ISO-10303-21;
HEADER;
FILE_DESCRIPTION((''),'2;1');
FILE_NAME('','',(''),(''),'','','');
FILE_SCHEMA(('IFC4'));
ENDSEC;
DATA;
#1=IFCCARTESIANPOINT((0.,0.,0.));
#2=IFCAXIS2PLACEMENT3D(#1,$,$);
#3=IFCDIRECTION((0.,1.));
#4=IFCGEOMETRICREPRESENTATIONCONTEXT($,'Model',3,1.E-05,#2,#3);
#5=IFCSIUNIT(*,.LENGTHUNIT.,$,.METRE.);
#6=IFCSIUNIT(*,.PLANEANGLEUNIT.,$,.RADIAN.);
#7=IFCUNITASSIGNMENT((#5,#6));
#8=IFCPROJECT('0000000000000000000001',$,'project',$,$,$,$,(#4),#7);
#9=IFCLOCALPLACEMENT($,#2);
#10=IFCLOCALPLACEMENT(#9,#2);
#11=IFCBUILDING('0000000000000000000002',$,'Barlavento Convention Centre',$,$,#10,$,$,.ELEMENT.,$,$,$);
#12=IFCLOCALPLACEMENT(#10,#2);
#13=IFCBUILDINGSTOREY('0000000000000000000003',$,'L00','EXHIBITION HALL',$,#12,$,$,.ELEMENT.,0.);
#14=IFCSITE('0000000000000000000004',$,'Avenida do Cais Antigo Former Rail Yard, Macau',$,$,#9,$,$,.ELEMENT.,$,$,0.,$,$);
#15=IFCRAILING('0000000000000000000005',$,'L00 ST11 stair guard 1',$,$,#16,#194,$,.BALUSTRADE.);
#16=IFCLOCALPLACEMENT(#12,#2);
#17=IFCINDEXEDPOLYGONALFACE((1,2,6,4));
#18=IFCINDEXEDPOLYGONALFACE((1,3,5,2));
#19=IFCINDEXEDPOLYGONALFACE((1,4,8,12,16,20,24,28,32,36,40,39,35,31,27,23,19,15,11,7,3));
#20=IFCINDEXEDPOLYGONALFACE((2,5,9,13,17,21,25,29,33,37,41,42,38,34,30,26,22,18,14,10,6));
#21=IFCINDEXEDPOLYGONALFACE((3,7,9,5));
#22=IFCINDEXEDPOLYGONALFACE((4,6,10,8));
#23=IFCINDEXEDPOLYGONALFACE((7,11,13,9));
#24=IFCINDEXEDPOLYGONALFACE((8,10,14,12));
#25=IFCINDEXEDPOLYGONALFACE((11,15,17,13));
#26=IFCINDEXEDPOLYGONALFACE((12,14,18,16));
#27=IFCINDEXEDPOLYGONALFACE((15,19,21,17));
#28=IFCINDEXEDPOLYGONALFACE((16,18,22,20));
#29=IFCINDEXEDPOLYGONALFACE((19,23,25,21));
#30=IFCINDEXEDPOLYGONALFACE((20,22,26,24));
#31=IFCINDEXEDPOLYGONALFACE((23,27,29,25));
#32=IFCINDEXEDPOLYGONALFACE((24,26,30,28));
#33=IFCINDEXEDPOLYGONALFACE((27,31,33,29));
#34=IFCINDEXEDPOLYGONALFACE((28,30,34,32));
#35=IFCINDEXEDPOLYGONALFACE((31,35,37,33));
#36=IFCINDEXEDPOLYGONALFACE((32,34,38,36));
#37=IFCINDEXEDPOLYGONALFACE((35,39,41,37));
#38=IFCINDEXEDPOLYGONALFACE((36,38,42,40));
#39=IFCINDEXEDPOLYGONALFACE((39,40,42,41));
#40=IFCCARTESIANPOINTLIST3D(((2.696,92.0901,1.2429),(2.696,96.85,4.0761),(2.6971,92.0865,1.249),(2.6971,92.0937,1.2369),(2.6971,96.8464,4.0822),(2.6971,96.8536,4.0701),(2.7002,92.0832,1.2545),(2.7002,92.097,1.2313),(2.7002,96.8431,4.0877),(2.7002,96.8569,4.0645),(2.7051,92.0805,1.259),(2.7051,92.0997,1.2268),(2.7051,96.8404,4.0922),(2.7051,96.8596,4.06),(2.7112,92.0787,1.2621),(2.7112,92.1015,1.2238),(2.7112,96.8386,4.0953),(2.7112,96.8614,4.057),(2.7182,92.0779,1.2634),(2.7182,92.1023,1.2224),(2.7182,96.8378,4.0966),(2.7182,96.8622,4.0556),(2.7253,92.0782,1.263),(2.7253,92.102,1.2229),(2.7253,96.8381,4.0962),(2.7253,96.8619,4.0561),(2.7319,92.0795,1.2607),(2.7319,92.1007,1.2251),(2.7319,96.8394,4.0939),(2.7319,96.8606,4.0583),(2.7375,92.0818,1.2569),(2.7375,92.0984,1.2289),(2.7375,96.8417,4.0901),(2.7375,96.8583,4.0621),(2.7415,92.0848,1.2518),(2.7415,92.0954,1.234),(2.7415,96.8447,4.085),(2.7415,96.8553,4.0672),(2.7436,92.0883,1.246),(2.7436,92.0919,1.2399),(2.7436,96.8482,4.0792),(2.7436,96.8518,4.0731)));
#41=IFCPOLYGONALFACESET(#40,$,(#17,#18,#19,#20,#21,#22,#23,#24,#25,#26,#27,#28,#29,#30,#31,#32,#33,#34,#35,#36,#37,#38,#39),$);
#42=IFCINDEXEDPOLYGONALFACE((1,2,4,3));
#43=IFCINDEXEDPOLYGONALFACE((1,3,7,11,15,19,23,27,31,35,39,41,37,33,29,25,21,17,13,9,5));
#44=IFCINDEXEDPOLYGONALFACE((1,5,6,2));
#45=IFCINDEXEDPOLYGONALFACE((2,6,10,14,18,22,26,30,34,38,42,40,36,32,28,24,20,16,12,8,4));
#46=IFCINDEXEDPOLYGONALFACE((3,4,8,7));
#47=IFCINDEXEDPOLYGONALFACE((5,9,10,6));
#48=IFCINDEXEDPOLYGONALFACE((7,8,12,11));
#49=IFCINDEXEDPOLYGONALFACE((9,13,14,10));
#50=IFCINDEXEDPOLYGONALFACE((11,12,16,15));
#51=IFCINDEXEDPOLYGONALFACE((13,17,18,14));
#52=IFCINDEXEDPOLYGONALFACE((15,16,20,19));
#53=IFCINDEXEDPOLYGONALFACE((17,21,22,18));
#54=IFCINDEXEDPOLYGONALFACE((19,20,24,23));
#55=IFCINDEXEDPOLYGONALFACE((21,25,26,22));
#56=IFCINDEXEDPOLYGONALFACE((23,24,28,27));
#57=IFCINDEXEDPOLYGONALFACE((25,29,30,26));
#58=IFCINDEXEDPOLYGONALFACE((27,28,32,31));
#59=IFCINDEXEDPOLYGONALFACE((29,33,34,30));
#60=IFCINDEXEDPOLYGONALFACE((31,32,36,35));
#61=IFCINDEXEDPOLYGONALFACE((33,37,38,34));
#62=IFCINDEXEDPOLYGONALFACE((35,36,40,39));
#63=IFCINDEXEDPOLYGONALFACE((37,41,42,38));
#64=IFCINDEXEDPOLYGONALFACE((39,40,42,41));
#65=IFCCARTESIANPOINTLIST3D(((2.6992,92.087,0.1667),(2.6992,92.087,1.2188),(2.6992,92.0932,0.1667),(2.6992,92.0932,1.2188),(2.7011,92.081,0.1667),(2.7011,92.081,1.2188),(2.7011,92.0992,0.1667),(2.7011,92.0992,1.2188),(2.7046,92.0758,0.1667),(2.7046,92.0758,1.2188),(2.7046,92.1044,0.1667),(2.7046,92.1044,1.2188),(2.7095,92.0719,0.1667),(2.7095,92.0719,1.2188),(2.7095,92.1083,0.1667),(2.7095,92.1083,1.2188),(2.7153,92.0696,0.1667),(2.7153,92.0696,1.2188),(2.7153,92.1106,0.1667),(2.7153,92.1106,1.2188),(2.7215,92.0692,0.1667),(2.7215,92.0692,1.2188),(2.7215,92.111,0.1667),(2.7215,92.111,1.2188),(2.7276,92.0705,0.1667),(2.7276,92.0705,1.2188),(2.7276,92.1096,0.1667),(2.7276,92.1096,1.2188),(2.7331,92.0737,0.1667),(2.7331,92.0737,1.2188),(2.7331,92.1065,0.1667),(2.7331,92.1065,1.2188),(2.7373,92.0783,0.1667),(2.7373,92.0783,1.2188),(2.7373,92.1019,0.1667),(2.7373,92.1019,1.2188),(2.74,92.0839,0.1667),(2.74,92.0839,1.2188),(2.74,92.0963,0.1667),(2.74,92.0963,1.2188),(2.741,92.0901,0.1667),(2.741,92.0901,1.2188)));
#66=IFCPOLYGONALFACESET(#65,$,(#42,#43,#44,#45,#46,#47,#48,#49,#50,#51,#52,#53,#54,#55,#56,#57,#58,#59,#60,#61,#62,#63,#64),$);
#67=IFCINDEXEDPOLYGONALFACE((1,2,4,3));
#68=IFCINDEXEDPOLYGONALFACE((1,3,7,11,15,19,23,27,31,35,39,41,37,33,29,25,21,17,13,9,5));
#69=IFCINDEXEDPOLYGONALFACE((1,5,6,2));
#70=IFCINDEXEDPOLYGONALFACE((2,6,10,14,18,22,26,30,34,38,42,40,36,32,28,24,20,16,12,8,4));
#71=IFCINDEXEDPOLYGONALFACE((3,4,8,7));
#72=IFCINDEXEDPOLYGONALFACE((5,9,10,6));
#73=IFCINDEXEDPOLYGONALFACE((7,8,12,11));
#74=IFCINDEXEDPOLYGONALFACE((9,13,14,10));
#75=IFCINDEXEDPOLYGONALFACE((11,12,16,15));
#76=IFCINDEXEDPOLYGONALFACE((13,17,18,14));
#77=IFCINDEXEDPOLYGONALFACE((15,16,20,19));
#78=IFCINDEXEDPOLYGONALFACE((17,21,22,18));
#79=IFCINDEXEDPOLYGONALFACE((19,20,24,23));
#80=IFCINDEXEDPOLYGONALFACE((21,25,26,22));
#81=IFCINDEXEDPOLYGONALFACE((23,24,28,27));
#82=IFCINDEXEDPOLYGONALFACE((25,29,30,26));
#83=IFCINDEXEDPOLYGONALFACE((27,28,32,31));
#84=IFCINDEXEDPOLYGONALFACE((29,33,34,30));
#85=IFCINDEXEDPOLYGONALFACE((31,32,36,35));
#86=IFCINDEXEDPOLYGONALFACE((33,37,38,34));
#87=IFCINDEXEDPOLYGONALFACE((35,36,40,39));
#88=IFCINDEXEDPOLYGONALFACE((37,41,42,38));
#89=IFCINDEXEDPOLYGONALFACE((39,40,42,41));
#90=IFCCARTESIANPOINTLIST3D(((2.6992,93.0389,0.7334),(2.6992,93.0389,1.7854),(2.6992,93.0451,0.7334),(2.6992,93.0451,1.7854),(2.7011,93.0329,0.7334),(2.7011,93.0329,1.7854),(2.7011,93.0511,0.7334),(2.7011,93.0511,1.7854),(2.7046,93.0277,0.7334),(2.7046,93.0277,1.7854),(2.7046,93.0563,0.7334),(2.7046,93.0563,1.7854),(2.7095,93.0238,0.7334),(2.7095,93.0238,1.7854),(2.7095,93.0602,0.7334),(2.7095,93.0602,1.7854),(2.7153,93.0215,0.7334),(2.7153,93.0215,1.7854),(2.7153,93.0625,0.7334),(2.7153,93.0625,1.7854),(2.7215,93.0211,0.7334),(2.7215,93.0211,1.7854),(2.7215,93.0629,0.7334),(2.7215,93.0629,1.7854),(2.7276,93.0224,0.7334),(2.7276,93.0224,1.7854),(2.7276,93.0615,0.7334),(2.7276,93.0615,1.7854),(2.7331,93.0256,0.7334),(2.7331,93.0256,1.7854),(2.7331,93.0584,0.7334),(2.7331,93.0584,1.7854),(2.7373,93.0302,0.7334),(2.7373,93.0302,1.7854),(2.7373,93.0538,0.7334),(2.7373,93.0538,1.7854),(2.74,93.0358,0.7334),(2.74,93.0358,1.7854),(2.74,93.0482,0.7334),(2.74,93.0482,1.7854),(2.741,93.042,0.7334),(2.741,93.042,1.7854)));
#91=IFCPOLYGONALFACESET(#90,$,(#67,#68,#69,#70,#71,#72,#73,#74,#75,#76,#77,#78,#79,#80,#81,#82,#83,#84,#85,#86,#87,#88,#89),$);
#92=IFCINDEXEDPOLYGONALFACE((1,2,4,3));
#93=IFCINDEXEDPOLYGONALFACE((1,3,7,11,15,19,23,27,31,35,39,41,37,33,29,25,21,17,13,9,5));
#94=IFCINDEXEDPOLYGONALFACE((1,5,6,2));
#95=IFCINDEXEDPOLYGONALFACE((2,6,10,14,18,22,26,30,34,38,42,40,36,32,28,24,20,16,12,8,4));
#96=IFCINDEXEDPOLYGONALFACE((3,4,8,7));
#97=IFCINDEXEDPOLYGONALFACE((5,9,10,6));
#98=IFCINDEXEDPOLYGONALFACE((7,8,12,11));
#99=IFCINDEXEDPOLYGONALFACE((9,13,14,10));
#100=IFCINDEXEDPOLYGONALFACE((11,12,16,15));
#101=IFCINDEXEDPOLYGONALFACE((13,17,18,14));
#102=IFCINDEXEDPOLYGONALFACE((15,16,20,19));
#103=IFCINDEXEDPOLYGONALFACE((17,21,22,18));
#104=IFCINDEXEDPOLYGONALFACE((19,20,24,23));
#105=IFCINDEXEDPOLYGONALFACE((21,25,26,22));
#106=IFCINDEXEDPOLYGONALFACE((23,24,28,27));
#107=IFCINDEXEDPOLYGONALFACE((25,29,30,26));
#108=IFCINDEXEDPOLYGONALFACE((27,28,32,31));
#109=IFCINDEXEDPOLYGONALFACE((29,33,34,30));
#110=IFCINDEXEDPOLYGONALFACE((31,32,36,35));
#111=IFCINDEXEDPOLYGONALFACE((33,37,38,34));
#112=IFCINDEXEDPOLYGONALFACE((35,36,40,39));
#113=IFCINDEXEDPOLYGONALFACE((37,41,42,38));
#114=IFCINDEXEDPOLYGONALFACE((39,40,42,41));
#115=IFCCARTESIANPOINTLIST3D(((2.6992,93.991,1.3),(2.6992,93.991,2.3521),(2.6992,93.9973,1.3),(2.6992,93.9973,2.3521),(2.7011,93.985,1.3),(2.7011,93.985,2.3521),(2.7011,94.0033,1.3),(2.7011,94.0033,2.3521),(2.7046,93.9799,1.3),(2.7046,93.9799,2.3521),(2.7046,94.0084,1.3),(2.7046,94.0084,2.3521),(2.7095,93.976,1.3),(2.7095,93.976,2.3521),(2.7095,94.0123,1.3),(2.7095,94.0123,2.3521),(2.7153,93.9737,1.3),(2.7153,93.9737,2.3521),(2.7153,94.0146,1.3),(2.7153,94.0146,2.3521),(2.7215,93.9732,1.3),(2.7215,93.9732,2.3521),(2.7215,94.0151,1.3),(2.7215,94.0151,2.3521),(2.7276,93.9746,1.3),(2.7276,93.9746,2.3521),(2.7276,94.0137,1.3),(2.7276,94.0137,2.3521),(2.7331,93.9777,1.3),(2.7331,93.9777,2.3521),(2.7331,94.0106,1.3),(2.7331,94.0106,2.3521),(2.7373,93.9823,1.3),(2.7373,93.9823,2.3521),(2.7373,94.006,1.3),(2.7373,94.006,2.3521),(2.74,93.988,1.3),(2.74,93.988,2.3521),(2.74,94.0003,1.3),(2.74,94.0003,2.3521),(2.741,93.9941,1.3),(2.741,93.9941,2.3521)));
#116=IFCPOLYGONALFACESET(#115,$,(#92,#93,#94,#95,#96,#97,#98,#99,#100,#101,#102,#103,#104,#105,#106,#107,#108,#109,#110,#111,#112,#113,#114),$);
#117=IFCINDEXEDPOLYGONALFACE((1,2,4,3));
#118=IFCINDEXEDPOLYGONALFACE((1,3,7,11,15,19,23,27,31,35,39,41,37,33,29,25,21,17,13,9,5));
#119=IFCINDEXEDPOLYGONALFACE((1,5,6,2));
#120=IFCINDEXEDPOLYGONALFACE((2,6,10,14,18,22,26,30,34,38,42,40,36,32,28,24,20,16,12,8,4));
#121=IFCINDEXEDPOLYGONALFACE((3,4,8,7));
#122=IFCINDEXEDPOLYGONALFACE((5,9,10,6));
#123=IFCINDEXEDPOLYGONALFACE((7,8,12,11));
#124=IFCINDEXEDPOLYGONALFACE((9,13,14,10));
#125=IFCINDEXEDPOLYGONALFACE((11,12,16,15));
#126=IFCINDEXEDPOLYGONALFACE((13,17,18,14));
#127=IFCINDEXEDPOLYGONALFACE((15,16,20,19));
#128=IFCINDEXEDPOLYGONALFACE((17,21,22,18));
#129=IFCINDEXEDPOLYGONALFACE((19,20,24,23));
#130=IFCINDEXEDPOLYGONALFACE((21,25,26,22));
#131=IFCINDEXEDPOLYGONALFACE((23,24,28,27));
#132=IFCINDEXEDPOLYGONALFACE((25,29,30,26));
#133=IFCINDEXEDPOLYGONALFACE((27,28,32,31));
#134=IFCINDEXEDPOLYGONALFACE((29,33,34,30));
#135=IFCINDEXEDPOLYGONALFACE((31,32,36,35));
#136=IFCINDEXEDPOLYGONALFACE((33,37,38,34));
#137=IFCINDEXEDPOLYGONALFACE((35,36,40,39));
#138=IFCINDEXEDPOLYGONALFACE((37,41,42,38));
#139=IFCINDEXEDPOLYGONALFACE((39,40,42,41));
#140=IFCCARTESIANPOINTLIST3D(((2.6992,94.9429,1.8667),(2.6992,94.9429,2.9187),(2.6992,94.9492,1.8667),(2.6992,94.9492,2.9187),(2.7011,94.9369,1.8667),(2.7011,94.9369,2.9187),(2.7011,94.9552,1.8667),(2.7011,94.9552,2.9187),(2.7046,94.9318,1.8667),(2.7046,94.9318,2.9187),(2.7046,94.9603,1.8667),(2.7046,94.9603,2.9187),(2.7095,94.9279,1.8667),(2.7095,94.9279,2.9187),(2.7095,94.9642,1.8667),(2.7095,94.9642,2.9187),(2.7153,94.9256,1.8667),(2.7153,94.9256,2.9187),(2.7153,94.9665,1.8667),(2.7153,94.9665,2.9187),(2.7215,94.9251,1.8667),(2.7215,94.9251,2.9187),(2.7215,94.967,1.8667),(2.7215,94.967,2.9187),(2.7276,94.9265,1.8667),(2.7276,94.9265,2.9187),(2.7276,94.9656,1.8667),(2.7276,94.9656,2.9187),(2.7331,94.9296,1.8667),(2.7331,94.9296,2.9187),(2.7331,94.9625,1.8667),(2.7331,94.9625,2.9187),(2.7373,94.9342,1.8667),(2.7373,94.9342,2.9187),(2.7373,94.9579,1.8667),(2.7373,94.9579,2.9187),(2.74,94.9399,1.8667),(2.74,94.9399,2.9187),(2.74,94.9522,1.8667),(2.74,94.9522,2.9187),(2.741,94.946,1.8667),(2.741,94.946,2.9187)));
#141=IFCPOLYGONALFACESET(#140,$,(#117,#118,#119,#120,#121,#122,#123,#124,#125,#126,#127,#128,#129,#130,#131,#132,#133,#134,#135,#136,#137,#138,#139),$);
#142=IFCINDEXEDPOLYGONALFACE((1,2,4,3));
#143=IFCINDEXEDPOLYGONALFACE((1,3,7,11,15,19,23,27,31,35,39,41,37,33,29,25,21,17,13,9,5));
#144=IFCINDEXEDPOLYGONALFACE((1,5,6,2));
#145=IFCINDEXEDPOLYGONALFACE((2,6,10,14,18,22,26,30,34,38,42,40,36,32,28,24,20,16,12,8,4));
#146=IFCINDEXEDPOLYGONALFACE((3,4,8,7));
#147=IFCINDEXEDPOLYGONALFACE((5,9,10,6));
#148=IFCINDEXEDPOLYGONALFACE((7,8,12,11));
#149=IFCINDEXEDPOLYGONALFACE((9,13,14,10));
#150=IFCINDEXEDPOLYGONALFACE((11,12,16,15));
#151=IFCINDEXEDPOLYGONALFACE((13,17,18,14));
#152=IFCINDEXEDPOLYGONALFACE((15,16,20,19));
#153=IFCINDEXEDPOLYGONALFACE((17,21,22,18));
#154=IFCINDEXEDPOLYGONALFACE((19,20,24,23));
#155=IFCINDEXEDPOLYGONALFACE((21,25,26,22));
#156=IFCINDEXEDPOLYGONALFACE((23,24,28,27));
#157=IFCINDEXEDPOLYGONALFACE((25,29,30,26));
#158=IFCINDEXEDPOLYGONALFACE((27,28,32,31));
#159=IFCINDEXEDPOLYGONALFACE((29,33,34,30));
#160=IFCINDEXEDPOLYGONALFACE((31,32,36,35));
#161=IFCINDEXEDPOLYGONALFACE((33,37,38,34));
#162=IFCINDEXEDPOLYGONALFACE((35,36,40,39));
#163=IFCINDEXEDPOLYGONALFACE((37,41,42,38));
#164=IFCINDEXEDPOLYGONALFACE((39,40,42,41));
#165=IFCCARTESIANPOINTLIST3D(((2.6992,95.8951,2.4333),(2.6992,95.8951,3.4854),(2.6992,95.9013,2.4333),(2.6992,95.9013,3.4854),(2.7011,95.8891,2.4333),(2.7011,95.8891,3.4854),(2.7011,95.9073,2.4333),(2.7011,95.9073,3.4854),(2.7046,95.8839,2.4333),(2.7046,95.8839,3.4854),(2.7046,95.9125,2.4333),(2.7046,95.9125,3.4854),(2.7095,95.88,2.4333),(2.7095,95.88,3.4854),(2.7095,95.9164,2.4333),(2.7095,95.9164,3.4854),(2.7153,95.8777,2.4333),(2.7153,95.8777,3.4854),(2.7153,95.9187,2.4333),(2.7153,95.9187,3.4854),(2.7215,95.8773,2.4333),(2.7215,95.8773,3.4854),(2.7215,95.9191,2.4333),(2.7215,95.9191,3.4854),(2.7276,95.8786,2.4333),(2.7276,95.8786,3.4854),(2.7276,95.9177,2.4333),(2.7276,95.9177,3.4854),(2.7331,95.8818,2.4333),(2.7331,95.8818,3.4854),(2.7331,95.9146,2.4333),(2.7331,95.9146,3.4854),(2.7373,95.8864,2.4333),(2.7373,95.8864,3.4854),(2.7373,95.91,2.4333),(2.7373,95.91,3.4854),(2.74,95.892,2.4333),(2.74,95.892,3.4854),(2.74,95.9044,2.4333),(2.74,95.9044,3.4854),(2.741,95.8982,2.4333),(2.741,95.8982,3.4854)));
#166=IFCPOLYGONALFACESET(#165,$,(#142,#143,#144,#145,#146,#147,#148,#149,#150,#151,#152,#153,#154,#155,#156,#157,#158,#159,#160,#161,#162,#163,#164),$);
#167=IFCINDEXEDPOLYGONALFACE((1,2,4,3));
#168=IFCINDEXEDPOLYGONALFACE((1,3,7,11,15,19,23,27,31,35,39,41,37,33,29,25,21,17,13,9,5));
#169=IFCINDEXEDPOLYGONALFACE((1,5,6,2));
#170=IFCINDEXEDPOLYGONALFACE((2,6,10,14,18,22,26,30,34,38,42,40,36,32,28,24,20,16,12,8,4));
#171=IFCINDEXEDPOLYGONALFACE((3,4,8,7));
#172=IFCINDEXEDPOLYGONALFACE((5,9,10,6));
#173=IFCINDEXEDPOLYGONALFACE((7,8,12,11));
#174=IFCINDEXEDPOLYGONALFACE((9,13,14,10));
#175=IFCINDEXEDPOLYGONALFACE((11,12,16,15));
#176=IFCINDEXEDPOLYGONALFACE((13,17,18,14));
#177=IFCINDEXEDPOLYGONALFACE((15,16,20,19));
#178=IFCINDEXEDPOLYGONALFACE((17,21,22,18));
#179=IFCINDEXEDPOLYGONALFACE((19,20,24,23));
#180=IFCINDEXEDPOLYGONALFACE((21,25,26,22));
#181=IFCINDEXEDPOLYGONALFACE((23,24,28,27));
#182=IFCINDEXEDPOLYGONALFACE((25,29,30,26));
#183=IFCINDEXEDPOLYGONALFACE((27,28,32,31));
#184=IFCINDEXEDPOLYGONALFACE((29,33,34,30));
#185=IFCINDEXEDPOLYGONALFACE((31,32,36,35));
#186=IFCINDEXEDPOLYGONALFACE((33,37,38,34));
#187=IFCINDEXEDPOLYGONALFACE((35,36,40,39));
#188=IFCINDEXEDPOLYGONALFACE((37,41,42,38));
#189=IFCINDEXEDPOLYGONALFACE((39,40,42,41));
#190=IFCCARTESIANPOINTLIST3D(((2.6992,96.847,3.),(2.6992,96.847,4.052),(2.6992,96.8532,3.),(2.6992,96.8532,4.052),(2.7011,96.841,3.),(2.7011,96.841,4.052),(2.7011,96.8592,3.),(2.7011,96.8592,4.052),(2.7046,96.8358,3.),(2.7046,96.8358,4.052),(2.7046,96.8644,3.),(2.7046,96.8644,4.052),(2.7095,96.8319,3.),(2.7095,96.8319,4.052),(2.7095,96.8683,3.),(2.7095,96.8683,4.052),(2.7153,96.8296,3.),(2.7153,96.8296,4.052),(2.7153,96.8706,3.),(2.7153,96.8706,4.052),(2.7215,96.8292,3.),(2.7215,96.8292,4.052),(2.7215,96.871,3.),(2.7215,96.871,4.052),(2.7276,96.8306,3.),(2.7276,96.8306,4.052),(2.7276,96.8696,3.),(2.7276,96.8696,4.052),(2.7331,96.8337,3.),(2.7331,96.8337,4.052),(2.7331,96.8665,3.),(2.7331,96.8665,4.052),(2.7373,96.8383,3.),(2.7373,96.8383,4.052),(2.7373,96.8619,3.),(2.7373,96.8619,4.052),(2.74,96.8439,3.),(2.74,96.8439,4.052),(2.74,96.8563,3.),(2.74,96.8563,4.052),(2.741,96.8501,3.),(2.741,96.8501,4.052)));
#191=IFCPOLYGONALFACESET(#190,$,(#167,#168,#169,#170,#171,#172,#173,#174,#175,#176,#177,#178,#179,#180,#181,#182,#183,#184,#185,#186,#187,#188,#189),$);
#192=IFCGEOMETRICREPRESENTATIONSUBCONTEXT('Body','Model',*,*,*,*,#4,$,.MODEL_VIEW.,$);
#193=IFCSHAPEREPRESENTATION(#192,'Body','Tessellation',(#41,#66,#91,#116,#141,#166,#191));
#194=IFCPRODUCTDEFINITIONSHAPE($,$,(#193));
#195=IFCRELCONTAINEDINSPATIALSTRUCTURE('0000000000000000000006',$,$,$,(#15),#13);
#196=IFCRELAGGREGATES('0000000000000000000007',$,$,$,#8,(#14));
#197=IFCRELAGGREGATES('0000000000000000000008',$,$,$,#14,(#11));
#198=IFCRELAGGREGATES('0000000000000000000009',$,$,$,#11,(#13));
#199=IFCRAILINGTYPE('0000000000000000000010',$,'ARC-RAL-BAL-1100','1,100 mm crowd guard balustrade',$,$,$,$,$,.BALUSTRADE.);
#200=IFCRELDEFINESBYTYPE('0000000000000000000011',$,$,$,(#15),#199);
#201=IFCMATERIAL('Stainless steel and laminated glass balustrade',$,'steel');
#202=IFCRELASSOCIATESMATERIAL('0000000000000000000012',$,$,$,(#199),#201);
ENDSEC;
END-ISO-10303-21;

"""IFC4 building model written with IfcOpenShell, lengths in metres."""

from ifc_helpers import new_model, si_unit, direction, frame, origin, origin_2d, place, context, subcontext, project, spatial, circle, extrude, material, type_object, element, save


model = new_model("IFC4")

# Units and contexts
model_context = context("Model", 3, precision=1e-05, world=origin(), true_north=direction((0.0, 1.0)))
body_context = subcontext(model_context, "Body", "Model", "MODEL_VIEW")
ifc_project = project(units=[si_unit("LENGTHUNIT", "METRE"), si_unit("PLANEANGLEUNIT", "RADIAN")], contexts=[model_context])

# Site, building, storey
site_placement = place(None, origin())
site = spatial("IfcSite", under=ifc_project, at=site_placement, Name="Avenida do Cais Antigo Former Rail Yard, Macau", CompositionType="ELEMENT", RefElevation=0.0)
building_placement = place(site_placement, origin())
building = spatial("IfcBuilding", under=site, at=building_placement, Name="Barlavento Convention Centre", CompositionType="ELEMENT")
storey_placement = place(building_placement, origin())
storey = spatial("IfcBuildingStorey", under=building, at=storey_placement, Name="L00", Description="EXHIBITION HALL", CompositionType="ELEMENT", Elevation=0.0)

# Railing
ifc_material_1 = material(Name="Stainless steel and laminated glass balustrade", Category="steel")
railing_type_1 = type_object("IfcRailingType", Name="ARC-RAL-BAL-1100", Description="1,100 mm crowd guard balustrade", PredefinedType="BALUSTRADE", material=ifc_material_1)
railing_1_placement = place(storey_placement, frame((2.72, 92.0901, 0.1667)))
element("IfcRailing", 1, at=railing_1_placement, inside=storey, type_object=railing_type_1, Name="L00 ST11 stair guard 1", PredefinedType="BALUSTRADE", context=body_context, shape_type="SweptSolid", body=[
    extrude(circle(Radius=0.0239, at=origin_2d()), frame((0.0, 0.0, 1.0762), z_axis=(0.0, 0.8593, 0.511472), x_axis=(-1.0, 0.0, 0.0)), (0.0, 0.0, 1.0), 5.5393),
    extrude(circle(Radius=0.021, at=origin_2d()), origin(), (0.0, 0.0, 1.0), 1.052),
    extrude(circle(Radius=0.021, at=origin_2d()), frame((0.0, 0.9519, 0.5667)), (0.0, 0.0, 1.0), 1.052),
    extrude(circle(Radius=0.021, at=origin_2d()), frame((0.0, 1.9041, 1.1333)), (0.0, 0.0, 1.0), 1.052),
    extrude(circle(Radius=0.021, at=origin_2d()), frame((0.0, 2.856, 1.7)), (0.0, 0.0, 1.0), 1.052),
    extrude(circle(Radius=0.021, at=origin_2d()), frame((0.0, 3.8081, 2.2666)), (0.0, 0.0, 1.0), 1.052),
    extrude(circle(Radius=0.021, at=origin_2d()), frame((0.0, 4.76, 2.8333)), (0.0, 0.0, 1.0), 1.052),
])

save(model, "model.ifc")
